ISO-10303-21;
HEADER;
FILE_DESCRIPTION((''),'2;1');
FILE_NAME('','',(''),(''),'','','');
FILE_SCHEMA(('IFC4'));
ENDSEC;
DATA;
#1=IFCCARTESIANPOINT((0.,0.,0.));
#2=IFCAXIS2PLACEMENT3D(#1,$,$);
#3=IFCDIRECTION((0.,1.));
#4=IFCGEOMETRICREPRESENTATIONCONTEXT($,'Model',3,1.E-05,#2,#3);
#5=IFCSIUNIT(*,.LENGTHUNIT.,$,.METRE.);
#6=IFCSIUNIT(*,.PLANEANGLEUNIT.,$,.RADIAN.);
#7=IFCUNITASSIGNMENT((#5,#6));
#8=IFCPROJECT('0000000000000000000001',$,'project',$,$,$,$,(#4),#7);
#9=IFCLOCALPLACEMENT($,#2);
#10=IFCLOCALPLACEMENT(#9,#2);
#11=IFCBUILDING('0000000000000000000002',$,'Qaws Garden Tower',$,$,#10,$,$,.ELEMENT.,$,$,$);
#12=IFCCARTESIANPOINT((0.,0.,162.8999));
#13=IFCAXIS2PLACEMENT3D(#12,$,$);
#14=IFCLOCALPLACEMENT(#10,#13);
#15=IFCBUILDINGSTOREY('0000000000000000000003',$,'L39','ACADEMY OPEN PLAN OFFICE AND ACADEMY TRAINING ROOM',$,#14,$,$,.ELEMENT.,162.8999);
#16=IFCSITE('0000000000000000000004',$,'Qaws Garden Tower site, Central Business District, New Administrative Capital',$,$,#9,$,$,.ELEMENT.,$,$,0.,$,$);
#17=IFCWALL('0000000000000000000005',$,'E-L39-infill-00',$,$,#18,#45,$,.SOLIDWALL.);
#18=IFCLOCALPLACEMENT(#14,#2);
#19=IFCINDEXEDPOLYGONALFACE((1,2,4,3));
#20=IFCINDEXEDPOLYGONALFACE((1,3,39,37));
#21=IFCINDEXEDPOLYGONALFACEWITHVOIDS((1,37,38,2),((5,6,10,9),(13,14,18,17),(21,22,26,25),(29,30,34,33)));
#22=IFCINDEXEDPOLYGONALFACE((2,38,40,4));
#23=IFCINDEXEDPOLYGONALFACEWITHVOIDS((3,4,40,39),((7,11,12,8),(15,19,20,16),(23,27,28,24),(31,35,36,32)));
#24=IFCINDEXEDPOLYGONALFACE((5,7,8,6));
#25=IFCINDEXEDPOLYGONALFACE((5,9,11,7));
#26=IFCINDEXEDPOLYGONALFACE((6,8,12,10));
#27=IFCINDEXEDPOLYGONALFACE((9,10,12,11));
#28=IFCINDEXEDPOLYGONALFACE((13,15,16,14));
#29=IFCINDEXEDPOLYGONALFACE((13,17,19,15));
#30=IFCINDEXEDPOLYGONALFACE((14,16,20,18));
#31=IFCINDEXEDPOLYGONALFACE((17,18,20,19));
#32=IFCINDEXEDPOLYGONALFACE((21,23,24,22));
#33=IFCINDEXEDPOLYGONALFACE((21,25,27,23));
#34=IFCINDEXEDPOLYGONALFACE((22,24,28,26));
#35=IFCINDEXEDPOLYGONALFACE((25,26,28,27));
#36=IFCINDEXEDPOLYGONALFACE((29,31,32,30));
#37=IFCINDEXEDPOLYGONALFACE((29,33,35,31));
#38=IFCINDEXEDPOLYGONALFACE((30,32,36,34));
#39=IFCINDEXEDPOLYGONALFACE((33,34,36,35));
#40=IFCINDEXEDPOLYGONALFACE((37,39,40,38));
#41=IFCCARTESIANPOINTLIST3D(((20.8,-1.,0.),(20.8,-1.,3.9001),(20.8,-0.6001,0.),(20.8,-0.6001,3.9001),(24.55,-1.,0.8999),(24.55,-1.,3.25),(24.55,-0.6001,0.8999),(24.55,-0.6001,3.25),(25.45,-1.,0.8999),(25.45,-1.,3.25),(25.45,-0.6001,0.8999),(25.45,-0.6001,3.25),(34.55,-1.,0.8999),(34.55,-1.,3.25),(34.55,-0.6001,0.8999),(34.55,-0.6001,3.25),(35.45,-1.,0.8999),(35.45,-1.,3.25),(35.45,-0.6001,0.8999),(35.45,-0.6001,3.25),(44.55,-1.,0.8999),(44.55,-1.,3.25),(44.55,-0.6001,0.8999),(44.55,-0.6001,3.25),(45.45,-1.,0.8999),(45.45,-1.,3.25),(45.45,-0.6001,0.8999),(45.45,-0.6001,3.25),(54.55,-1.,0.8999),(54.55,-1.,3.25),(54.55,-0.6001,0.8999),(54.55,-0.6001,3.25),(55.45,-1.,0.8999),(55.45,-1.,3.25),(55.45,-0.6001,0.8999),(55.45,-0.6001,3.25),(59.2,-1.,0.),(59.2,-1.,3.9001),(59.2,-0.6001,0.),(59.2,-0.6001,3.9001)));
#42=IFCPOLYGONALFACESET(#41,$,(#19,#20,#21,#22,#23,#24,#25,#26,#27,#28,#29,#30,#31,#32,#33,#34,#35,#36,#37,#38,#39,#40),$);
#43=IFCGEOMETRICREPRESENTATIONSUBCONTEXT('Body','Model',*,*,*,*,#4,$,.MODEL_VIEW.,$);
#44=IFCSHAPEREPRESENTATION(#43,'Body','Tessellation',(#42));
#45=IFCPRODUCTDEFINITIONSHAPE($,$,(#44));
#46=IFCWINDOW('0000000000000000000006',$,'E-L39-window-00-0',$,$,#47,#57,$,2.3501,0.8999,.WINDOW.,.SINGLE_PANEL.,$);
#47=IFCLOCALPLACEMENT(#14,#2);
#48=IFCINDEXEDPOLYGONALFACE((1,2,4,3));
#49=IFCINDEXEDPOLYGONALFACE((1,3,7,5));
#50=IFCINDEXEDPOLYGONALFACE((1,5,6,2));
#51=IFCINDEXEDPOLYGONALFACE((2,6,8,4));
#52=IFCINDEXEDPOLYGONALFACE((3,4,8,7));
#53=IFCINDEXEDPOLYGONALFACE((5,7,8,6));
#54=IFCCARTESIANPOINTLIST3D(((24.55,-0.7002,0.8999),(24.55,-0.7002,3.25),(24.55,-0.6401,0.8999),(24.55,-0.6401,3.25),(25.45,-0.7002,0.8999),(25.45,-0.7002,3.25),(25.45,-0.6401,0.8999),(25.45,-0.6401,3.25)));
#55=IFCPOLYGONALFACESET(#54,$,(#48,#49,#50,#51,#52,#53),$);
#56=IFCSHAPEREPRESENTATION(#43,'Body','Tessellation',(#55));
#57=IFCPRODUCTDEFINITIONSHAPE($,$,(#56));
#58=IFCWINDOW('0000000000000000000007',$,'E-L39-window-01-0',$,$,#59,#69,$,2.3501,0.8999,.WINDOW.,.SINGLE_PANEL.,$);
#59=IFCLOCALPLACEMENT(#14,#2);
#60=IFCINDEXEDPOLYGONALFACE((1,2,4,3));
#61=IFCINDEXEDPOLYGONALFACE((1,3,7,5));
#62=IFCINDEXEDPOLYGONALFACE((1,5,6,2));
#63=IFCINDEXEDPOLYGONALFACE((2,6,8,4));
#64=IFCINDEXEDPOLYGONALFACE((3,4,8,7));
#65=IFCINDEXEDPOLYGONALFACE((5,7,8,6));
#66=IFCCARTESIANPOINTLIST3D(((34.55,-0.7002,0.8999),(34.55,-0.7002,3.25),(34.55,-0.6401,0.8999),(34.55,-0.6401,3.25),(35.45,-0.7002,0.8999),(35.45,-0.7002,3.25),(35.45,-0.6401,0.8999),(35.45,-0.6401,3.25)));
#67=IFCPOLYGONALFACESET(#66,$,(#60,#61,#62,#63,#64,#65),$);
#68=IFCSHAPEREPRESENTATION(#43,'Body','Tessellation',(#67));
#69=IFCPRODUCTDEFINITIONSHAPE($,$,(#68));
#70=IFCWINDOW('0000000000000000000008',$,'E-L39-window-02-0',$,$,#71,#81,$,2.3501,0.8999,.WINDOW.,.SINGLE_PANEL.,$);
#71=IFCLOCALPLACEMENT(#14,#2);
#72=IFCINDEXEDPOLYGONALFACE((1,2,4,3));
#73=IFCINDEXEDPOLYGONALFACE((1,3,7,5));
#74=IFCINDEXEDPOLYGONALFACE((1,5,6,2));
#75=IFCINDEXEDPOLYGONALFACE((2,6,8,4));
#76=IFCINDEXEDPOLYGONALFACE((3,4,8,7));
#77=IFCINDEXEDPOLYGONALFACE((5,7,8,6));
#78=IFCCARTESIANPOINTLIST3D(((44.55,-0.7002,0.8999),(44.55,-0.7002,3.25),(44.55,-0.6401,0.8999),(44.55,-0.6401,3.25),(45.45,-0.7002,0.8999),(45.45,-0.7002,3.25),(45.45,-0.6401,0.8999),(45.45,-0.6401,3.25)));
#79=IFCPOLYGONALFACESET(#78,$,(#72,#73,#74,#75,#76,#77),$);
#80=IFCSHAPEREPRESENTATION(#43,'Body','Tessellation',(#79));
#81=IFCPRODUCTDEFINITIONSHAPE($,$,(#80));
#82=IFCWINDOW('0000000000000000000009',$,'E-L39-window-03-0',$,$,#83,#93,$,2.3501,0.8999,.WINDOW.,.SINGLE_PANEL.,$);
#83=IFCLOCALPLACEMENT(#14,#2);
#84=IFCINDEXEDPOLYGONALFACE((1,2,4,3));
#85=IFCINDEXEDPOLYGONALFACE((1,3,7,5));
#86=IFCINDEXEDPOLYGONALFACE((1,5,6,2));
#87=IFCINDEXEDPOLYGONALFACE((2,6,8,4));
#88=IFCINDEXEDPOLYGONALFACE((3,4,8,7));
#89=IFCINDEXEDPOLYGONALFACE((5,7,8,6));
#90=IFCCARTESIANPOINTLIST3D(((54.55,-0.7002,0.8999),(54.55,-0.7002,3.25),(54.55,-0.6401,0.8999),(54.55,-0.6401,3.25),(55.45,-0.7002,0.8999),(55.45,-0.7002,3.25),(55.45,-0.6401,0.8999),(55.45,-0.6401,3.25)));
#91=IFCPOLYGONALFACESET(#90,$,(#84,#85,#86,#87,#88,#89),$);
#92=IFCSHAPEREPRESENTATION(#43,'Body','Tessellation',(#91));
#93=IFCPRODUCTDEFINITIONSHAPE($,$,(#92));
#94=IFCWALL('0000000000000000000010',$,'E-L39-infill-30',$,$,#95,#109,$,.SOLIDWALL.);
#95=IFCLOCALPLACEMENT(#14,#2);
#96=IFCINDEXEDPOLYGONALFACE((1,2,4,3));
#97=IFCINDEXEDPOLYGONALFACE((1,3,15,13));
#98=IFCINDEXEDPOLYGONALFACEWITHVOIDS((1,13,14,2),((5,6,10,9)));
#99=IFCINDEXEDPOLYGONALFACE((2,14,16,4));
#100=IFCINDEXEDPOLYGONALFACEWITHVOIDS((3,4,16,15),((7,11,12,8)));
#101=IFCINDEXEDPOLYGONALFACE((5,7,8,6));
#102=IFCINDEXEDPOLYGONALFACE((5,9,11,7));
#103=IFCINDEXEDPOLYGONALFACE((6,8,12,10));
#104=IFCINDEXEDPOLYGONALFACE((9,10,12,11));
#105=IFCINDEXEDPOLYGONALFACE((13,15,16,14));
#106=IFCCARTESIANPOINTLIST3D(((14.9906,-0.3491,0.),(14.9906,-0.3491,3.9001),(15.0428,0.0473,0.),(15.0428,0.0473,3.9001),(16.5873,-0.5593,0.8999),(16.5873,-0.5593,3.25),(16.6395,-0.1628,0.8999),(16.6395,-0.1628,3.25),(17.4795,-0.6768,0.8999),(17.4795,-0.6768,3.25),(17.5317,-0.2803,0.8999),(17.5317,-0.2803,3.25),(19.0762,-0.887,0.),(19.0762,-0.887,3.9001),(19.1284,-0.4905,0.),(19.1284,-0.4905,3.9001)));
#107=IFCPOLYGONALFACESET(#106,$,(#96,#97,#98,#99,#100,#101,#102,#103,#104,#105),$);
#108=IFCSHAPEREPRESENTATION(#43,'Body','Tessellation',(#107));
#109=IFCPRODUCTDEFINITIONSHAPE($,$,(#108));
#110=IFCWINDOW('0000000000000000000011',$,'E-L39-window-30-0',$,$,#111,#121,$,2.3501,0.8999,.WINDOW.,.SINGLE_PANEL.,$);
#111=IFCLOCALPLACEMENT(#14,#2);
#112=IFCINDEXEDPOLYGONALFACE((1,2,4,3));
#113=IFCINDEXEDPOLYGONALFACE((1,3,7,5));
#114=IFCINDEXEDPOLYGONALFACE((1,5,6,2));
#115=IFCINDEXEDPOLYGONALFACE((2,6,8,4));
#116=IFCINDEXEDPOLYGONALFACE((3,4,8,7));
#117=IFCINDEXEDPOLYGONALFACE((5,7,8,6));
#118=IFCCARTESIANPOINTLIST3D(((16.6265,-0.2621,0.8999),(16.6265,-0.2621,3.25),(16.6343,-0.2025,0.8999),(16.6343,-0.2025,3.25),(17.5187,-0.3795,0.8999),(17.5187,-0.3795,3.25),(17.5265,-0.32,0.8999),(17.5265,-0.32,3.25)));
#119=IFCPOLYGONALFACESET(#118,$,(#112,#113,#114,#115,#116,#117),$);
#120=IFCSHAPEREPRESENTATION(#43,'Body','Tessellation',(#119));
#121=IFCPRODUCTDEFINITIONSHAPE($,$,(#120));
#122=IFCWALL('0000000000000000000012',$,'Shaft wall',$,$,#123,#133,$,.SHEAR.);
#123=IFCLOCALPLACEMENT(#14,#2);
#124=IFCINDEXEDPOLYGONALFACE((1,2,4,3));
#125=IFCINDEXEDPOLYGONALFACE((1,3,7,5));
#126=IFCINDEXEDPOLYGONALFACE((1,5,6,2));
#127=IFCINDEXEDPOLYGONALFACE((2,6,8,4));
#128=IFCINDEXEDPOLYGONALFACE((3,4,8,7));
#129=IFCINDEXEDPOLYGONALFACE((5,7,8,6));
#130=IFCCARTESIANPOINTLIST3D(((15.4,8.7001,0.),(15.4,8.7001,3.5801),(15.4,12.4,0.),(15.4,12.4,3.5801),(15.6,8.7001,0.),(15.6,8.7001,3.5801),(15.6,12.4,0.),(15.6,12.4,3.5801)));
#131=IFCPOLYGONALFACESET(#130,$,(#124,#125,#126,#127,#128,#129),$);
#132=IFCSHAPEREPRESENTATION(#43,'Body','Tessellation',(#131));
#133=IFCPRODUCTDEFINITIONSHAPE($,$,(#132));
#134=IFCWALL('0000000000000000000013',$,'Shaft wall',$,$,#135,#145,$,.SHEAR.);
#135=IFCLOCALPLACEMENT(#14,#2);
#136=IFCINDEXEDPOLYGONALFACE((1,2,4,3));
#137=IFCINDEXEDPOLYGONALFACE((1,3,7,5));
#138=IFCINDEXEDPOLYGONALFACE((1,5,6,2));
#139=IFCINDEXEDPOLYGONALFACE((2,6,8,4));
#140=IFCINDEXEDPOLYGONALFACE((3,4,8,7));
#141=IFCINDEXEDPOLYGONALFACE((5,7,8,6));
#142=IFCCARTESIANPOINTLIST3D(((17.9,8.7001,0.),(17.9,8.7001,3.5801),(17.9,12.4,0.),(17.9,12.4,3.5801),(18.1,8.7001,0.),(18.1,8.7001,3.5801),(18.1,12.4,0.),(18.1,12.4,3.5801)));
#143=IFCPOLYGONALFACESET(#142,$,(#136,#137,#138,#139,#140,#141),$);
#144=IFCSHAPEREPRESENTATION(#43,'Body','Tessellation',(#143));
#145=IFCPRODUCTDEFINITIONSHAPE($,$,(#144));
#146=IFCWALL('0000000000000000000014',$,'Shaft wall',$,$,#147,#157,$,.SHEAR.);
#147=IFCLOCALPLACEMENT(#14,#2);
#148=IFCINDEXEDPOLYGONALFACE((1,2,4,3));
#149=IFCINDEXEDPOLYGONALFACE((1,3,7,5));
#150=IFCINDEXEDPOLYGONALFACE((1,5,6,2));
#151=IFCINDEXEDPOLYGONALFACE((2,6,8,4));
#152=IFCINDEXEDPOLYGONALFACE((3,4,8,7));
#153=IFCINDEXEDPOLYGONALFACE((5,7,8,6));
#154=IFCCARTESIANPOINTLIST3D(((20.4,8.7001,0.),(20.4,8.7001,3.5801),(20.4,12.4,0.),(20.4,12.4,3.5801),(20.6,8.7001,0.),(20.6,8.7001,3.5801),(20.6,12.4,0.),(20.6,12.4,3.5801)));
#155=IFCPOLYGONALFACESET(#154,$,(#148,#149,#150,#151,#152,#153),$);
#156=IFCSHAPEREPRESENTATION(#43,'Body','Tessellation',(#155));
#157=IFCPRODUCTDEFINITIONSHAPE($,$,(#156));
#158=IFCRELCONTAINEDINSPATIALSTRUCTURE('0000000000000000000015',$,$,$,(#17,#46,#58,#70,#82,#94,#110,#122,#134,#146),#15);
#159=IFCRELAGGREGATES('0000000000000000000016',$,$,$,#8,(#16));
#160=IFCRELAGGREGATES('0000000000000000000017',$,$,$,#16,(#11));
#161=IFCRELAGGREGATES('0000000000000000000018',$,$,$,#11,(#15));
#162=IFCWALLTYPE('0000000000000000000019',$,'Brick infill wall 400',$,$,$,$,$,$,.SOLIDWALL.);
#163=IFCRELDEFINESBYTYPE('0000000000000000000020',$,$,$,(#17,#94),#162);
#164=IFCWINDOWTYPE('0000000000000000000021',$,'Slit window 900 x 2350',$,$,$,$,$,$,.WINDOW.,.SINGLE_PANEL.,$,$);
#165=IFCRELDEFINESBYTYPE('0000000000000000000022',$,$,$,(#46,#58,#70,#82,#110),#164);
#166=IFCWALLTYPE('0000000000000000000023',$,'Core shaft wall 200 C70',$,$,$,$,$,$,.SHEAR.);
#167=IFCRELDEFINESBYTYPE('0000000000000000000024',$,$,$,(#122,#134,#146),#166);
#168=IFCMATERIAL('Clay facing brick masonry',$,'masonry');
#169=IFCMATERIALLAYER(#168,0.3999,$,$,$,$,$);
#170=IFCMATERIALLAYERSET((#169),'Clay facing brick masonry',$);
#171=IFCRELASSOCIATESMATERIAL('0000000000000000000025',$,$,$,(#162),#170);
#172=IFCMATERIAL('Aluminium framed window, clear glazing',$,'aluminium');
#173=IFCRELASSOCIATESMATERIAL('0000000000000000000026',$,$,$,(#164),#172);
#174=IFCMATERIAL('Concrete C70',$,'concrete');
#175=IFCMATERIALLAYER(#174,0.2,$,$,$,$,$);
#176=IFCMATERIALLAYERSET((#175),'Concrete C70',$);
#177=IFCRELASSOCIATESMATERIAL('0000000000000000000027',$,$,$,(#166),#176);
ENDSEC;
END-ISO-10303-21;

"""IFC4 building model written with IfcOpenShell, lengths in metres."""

from ifc_helpers import new_model, si_unit, direction, frame, frame_2d, origin, place, context, subcontext, project, spatial, rectangle, extrude, material, layer, layer_set, type_object, element, fill, save


model = new_model("IFC4")

# Units and contexts
model_context = context("Model", 3, precision=1e-05, world=origin(), true_north=direction((0.0, 1.0)))
body_context = subcontext(model_context, "Body", "Model", "MODEL_VIEW")
ifc_project = project(units=[si_unit("LENGTHUNIT", "METRE"), si_unit("PLANEANGLEUNIT", "RADIAN")], contexts=[model_context])

# Site, building, storey
site_placement = place(None, origin())
site = spatial("IfcSite", under=ifc_project, at=site_placement, Name="Qaws Garden Tower site, Central Business District, New Administrative Capital", CompositionType="ELEMENT", RefElevation=0.0)
building_placement = place(site_placement, origin())
building = spatial("IfcBuilding", under=site, at=building_placement, Name="Qaws Garden Tower", CompositionType="ELEMENT")
storey_placement = place(building_placement, frame((0.0, 0.0, 162.8999)))
storey = spatial("IfcBuildingStorey", under=building, at=storey_placement, Name="L39", Description="ACADEMY OPEN PLAN OFFICE AND ACADEMY TRAINING ROOM", CompositionType="ELEMENT", Elevation=162.8999)

# Wall, openings, windows
ifc_material_1 = material(Name="Clay facing brick masonry", Category="masonry")
ifc_layer_1 = layer(ifc_material_1, 0.3999)
ifc_layer_set_1 = layer_set([ifc_layer_1], Name="Clay facing brick masonry")
wall_type_1 = type_object("IfcWallType", Name="Brick infill wall 400", PredefinedType="SOLIDWALL", material=ifc_layer_set_1)
wall_1_placement = place(storey_placement, frame((20.8, -0.8, 0.0), z_axis=(0.0, 0.0, 1.0), x_axis=(1.0, 0.0, 0.0)))
wall_1 = element("IfcWall", 1, at=wall_1_placement, inside=storey, type_object=wall_type_1, Name="E-L39-infill-00", PredefinedType="SOLIDWALL", context=body_context, shape_type="SweptSolid", body=[
    extrude(rectangle(XDim=38.3999, YDim=0.3999, at=frame_2d((19.2, 0.0))), origin(), (0.0, 0.0, 1.0), 3.9001),
])
opening_1_placement = place(wall_1_placement, frame((3.75, 0.0, 0.8999)))
opening_1 = element("IfcOpeningElement", 2, at=opening_1_placement, cuts=wall_1, PredefinedType="OPENING", context=body_context, shape_type="SweptSolid", body=[
    extrude(rectangle(XDim=0.8999, YDim=2.3501, at=frame_2d((0.45, 1.175))), frame((0.0, 0.21, 0.0), z_axis=(0.0, -1.0, 0.0), x_axis=(1.0, 0.0, 0.0)), (0.0, 0.0, 1.0), 0.4199),
])
opening_2_placement = place(wall_1_placement, frame((13.75, 0.0, 0.8999)))
opening_2 = element("IfcOpeningElement", 3, at=opening_2_placement, cuts=wall_1, PredefinedType="OPENING", context=body_context, shape_type="SweptSolid", body=[
    extrude(rectangle(XDim=0.8999, YDim=2.3501, at=frame_2d((0.45, 1.175))), frame((0.0, 0.21, 0.0), z_axis=(0.0, -1.0, 0.0), x_axis=(1.0, 0.0, 0.0)), (0.0, 0.0, 1.0), 0.4199),
])
opening_3_placement = place(wall_1_placement, frame((23.75, 0.0, 0.8999)))
opening_3 = element("IfcOpeningElement", 4, at=opening_3_placement, cuts=wall_1, PredefinedType="OPENING", context=body_context, shape_type="SweptSolid", body=[
    extrude(rectangle(XDim=0.8999, YDim=2.3501, at=frame_2d((0.45, 1.175))), frame((0.0, 0.21, 0.0), z_axis=(0.0, -1.0, 0.0), x_axis=(1.0, 0.0, 0.0)), (0.0, 0.0, 1.0), 0.4199),
])
opening_4_placement = place(wall_1_placement, frame((33.75, 0.0, 0.8999)))
opening_4 = element("IfcOpeningElement", 5, at=opening_4_placement, cuts=wall_1, PredefinedType="OPENING", context=body_context, shape_type="SweptSolid", body=[
    extrude(rectangle(XDim=0.8999, YDim=2.3501, at=frame_2d((0.45, 1.175))), frame((0.0, 0.21, 0.0), z_axis=(0.0, -1.0, 0.0), x_axis=(1.0, 0.0, 0.0)), (0.0, 0.0, 1.0), 0.4199),
])
ifc_material_2 = material(Name="Aluminium framed window, clear glazing", Category="aluminium")
window_type = type_object("IfcWindowType", Name="Slit window 900 x 2350", PartitioningType="SINGLE_PANEL", PredefinedType="WINDOW", material=ifc_material_2)
window_1_placement = place(opening_1_placement, origin())
window_1 = element("IfcWindow", 6, at=window_1_placement, inside=storey, type_object=window_type, Name="E-L39-window-00-0", OverallHeight=2.3501, OverallWidth=0.8999, PartitioningType="SINGLE_PANEL", PredefinedType="WINDOW", context=body_context, shape_type="SweptSolid", body=[
    extrude(rectangle(XDim=0.8999, YDim=2.3501, at=frame_2d((0.45, 1.175))), frame((0.0, 0.1599, 0.0), z_axis=(0.0, -1.0, 0.0), x_axis=(1.0, 0.0, 0.0)), (0.0, 0.0, 1.0), 0.0601),
])
fill(opening_1, window_1)
window_2_placement = place(opening_2_placement, origin())
window_2 = element("IfcWindow", 7, at=window_2_placement, inside=storey, type_object=window_type, Name="E-L39-window-01-0", OverallHeight=2.3501, OverallWidth=0.8999, PartitioningType="SINGLE_PANEL", PredefinedType="WINDOW", context=body_context, shape_type="SweptSolid", body=[
    extrude(rectangle(XDim=0.8999, YDim=2.3501, at=frame_2d((0.45, 1.175))), frame((0.0, 0.1599, 0.0), z_axis=(0.0, -1.0, 0.0), x_axis=(1.0, 0.0, 0.0)), (0.0, 0.0, 1.0), 0.0601),
])
fill(opening_2, window_2)
window_3_placement = place(opening_3_placement, origin())
window_3 = element("IfcWindow", 8, at=window_3_placement, inside=storey, type_object=window_type, Name="E-L39-window-02-0", OverallHeight=2.3501, OverallWidth=0.8999, PartitioningType="SINGLE_PANEL", PredefinedType="WINDOW", context=body_context, shape_type="SweptSolid", body=[
    extrude(rectangle(XDim=0.8999, YDim=2.3501, at=frame_2d((0.45, 1.175))), frame((0.0, 0.1599, 0.0), z_axis=(0.0, -1.0, 0.0), x_axis=(1.0, 0.0, 0.0)), (0.0, 0.0, 1.0), 0.0601),
])
fill(opening_3, window_3)
window_4_placement = place(opening_4_placement, origin())
window_4 = element("IfcWindow", 9, at=window_4_placement, inside=storey, type_object=window_type, Name="E-L39-window-03-0", OverallHeight=2.3501, OverallWidth=0.8999, PartitioningType="SINGLE_PANEL", PredefinedType="WINDOW", context=body_context, shape_type="SweptSolid", body=[
    extrude(rectangle(XDim=0.8999, YDim=2.3501, at=frame_2d((0.45, 1.175))), frame((0.0, 0.1599, 0.0), z_axis=(0.0, -1.0, 0.0), x_axis=(1.0, 0.0, 0.0)), (0.0, 0.0, 1.0), 0.0601),
])
fill(opening_4, window_4)

# Wall, opening, window
wall_2_placement = place(storey_placement, frame((15.0166, -0.1509, 0.0), z_axis=(0.0, 0.0, 1.0), x_axis=(0.991446, -0.130514, 0.0)))
wall_2 = element("IfcWall", 10, at=wall_2_placement, inside=storey, type_object=wall_type_1, Name="E-L39-infill-30", PredefinedType="SOLIDWALL", context=body_context, shape_type="SweptSolid", body=[
    extrude(rectangle(XDim=4.1208, YDim=0.3999, at=frame_2d((2.0605, 0.0))), origin(), (0.0, 0.0, 1.0), 3.9001),
])
opening_5_placement = place(wall_2_placement, frame((1.6106, 0.0, 0.8999)))
opening_5 = element("IfcOpeningElement", 11, at=opening_5_placement, cuts=wall_2, PredefinedType="OPENING", context=body_context, shape_type="SweptSolid", body=[
    extrude(rectangle(XDim=0.8999, YDim=2.3501, at=frame_2d((0.45, 1.175))), frame((0.0, 0.21, 0.0), z_axis=(0.0, -1.0, 0.0), x_axis=(1.0, 0.0, 0.0)), (0.0, 0.0, 1.0), 0.4199),
])
window_5_placement = place(opening_5_placement, origin())
window_5 = element("IfcWindow", 12, at=window_5_placement, inside=storey, type_object=window_type, Name="E-L39-window-30-0", OverallHeight=2.3501, OverallWidth=0.8999, PartitioningType="SINGLE_PANEL", PredefinedType="WINDOW", context=body_context, shape_type="SweptSolid", body=[
    extrude(rectangle(XDim=0.8999, YDim=2.3501, at=frame_2d((0.45, 1.175))), frame((0.0, 0.1599, 0.0), z_axis=(0.0, -1.0, 0.0), x_axis=(1.0, 0.0, 0.0)), (0.0, 0.0, 1.0), 0.0601),
])
fill(opening_5, window_5)

# Walls
ifc_material_3 = material(Name="Concrete C70", Category="concrete")
ifc_layer_2 = layer(ifc_material_3, 0.2)
ifc_layer_set_2 = layer_set([ifc_layer_2], Name="Concrete C70")
wall_type_2 = type_object("IfcWallType", Name="Core shaft wall 200 C70", PredefinedType="SHEAR", material=ifc_layer_set_2)
for number, where, z_axis, x_axis, name in (
    (13, (15.5, 8.7, 0.0), (0.0, 0.0, 1.0), (0.0, 1.0, 0.0), "Shaft wall"),
    (14, (18.0, 8.7, 0.0), (0.0, 0.0, 1.0), (0.0, 1.0, 0.0), "Shaft wall"),
    (15, (20.5, 8.7, 0.0), (0.0, 0.0, 1.0), (0.0, 1.0, 0.0), "Shaft wall"),
):
    element("IfcWall", number, at=place(storey_placement, frame(where, z_axis=z_axis, x_axis=x_axis)), inside=storey, type_object=wall_type_2, Name=name, PredefinedType="SHEAR", context=body_context, shape_type="SweptSolid", body=[
        extrude(rectangle(XDim=3.7, YDim=0.2, at=frame_2d((1.8501, 0.0))), origin(), (0.0, 0.0, 1.0), 3.5801),
    ])

save(model, "model.ifc")
